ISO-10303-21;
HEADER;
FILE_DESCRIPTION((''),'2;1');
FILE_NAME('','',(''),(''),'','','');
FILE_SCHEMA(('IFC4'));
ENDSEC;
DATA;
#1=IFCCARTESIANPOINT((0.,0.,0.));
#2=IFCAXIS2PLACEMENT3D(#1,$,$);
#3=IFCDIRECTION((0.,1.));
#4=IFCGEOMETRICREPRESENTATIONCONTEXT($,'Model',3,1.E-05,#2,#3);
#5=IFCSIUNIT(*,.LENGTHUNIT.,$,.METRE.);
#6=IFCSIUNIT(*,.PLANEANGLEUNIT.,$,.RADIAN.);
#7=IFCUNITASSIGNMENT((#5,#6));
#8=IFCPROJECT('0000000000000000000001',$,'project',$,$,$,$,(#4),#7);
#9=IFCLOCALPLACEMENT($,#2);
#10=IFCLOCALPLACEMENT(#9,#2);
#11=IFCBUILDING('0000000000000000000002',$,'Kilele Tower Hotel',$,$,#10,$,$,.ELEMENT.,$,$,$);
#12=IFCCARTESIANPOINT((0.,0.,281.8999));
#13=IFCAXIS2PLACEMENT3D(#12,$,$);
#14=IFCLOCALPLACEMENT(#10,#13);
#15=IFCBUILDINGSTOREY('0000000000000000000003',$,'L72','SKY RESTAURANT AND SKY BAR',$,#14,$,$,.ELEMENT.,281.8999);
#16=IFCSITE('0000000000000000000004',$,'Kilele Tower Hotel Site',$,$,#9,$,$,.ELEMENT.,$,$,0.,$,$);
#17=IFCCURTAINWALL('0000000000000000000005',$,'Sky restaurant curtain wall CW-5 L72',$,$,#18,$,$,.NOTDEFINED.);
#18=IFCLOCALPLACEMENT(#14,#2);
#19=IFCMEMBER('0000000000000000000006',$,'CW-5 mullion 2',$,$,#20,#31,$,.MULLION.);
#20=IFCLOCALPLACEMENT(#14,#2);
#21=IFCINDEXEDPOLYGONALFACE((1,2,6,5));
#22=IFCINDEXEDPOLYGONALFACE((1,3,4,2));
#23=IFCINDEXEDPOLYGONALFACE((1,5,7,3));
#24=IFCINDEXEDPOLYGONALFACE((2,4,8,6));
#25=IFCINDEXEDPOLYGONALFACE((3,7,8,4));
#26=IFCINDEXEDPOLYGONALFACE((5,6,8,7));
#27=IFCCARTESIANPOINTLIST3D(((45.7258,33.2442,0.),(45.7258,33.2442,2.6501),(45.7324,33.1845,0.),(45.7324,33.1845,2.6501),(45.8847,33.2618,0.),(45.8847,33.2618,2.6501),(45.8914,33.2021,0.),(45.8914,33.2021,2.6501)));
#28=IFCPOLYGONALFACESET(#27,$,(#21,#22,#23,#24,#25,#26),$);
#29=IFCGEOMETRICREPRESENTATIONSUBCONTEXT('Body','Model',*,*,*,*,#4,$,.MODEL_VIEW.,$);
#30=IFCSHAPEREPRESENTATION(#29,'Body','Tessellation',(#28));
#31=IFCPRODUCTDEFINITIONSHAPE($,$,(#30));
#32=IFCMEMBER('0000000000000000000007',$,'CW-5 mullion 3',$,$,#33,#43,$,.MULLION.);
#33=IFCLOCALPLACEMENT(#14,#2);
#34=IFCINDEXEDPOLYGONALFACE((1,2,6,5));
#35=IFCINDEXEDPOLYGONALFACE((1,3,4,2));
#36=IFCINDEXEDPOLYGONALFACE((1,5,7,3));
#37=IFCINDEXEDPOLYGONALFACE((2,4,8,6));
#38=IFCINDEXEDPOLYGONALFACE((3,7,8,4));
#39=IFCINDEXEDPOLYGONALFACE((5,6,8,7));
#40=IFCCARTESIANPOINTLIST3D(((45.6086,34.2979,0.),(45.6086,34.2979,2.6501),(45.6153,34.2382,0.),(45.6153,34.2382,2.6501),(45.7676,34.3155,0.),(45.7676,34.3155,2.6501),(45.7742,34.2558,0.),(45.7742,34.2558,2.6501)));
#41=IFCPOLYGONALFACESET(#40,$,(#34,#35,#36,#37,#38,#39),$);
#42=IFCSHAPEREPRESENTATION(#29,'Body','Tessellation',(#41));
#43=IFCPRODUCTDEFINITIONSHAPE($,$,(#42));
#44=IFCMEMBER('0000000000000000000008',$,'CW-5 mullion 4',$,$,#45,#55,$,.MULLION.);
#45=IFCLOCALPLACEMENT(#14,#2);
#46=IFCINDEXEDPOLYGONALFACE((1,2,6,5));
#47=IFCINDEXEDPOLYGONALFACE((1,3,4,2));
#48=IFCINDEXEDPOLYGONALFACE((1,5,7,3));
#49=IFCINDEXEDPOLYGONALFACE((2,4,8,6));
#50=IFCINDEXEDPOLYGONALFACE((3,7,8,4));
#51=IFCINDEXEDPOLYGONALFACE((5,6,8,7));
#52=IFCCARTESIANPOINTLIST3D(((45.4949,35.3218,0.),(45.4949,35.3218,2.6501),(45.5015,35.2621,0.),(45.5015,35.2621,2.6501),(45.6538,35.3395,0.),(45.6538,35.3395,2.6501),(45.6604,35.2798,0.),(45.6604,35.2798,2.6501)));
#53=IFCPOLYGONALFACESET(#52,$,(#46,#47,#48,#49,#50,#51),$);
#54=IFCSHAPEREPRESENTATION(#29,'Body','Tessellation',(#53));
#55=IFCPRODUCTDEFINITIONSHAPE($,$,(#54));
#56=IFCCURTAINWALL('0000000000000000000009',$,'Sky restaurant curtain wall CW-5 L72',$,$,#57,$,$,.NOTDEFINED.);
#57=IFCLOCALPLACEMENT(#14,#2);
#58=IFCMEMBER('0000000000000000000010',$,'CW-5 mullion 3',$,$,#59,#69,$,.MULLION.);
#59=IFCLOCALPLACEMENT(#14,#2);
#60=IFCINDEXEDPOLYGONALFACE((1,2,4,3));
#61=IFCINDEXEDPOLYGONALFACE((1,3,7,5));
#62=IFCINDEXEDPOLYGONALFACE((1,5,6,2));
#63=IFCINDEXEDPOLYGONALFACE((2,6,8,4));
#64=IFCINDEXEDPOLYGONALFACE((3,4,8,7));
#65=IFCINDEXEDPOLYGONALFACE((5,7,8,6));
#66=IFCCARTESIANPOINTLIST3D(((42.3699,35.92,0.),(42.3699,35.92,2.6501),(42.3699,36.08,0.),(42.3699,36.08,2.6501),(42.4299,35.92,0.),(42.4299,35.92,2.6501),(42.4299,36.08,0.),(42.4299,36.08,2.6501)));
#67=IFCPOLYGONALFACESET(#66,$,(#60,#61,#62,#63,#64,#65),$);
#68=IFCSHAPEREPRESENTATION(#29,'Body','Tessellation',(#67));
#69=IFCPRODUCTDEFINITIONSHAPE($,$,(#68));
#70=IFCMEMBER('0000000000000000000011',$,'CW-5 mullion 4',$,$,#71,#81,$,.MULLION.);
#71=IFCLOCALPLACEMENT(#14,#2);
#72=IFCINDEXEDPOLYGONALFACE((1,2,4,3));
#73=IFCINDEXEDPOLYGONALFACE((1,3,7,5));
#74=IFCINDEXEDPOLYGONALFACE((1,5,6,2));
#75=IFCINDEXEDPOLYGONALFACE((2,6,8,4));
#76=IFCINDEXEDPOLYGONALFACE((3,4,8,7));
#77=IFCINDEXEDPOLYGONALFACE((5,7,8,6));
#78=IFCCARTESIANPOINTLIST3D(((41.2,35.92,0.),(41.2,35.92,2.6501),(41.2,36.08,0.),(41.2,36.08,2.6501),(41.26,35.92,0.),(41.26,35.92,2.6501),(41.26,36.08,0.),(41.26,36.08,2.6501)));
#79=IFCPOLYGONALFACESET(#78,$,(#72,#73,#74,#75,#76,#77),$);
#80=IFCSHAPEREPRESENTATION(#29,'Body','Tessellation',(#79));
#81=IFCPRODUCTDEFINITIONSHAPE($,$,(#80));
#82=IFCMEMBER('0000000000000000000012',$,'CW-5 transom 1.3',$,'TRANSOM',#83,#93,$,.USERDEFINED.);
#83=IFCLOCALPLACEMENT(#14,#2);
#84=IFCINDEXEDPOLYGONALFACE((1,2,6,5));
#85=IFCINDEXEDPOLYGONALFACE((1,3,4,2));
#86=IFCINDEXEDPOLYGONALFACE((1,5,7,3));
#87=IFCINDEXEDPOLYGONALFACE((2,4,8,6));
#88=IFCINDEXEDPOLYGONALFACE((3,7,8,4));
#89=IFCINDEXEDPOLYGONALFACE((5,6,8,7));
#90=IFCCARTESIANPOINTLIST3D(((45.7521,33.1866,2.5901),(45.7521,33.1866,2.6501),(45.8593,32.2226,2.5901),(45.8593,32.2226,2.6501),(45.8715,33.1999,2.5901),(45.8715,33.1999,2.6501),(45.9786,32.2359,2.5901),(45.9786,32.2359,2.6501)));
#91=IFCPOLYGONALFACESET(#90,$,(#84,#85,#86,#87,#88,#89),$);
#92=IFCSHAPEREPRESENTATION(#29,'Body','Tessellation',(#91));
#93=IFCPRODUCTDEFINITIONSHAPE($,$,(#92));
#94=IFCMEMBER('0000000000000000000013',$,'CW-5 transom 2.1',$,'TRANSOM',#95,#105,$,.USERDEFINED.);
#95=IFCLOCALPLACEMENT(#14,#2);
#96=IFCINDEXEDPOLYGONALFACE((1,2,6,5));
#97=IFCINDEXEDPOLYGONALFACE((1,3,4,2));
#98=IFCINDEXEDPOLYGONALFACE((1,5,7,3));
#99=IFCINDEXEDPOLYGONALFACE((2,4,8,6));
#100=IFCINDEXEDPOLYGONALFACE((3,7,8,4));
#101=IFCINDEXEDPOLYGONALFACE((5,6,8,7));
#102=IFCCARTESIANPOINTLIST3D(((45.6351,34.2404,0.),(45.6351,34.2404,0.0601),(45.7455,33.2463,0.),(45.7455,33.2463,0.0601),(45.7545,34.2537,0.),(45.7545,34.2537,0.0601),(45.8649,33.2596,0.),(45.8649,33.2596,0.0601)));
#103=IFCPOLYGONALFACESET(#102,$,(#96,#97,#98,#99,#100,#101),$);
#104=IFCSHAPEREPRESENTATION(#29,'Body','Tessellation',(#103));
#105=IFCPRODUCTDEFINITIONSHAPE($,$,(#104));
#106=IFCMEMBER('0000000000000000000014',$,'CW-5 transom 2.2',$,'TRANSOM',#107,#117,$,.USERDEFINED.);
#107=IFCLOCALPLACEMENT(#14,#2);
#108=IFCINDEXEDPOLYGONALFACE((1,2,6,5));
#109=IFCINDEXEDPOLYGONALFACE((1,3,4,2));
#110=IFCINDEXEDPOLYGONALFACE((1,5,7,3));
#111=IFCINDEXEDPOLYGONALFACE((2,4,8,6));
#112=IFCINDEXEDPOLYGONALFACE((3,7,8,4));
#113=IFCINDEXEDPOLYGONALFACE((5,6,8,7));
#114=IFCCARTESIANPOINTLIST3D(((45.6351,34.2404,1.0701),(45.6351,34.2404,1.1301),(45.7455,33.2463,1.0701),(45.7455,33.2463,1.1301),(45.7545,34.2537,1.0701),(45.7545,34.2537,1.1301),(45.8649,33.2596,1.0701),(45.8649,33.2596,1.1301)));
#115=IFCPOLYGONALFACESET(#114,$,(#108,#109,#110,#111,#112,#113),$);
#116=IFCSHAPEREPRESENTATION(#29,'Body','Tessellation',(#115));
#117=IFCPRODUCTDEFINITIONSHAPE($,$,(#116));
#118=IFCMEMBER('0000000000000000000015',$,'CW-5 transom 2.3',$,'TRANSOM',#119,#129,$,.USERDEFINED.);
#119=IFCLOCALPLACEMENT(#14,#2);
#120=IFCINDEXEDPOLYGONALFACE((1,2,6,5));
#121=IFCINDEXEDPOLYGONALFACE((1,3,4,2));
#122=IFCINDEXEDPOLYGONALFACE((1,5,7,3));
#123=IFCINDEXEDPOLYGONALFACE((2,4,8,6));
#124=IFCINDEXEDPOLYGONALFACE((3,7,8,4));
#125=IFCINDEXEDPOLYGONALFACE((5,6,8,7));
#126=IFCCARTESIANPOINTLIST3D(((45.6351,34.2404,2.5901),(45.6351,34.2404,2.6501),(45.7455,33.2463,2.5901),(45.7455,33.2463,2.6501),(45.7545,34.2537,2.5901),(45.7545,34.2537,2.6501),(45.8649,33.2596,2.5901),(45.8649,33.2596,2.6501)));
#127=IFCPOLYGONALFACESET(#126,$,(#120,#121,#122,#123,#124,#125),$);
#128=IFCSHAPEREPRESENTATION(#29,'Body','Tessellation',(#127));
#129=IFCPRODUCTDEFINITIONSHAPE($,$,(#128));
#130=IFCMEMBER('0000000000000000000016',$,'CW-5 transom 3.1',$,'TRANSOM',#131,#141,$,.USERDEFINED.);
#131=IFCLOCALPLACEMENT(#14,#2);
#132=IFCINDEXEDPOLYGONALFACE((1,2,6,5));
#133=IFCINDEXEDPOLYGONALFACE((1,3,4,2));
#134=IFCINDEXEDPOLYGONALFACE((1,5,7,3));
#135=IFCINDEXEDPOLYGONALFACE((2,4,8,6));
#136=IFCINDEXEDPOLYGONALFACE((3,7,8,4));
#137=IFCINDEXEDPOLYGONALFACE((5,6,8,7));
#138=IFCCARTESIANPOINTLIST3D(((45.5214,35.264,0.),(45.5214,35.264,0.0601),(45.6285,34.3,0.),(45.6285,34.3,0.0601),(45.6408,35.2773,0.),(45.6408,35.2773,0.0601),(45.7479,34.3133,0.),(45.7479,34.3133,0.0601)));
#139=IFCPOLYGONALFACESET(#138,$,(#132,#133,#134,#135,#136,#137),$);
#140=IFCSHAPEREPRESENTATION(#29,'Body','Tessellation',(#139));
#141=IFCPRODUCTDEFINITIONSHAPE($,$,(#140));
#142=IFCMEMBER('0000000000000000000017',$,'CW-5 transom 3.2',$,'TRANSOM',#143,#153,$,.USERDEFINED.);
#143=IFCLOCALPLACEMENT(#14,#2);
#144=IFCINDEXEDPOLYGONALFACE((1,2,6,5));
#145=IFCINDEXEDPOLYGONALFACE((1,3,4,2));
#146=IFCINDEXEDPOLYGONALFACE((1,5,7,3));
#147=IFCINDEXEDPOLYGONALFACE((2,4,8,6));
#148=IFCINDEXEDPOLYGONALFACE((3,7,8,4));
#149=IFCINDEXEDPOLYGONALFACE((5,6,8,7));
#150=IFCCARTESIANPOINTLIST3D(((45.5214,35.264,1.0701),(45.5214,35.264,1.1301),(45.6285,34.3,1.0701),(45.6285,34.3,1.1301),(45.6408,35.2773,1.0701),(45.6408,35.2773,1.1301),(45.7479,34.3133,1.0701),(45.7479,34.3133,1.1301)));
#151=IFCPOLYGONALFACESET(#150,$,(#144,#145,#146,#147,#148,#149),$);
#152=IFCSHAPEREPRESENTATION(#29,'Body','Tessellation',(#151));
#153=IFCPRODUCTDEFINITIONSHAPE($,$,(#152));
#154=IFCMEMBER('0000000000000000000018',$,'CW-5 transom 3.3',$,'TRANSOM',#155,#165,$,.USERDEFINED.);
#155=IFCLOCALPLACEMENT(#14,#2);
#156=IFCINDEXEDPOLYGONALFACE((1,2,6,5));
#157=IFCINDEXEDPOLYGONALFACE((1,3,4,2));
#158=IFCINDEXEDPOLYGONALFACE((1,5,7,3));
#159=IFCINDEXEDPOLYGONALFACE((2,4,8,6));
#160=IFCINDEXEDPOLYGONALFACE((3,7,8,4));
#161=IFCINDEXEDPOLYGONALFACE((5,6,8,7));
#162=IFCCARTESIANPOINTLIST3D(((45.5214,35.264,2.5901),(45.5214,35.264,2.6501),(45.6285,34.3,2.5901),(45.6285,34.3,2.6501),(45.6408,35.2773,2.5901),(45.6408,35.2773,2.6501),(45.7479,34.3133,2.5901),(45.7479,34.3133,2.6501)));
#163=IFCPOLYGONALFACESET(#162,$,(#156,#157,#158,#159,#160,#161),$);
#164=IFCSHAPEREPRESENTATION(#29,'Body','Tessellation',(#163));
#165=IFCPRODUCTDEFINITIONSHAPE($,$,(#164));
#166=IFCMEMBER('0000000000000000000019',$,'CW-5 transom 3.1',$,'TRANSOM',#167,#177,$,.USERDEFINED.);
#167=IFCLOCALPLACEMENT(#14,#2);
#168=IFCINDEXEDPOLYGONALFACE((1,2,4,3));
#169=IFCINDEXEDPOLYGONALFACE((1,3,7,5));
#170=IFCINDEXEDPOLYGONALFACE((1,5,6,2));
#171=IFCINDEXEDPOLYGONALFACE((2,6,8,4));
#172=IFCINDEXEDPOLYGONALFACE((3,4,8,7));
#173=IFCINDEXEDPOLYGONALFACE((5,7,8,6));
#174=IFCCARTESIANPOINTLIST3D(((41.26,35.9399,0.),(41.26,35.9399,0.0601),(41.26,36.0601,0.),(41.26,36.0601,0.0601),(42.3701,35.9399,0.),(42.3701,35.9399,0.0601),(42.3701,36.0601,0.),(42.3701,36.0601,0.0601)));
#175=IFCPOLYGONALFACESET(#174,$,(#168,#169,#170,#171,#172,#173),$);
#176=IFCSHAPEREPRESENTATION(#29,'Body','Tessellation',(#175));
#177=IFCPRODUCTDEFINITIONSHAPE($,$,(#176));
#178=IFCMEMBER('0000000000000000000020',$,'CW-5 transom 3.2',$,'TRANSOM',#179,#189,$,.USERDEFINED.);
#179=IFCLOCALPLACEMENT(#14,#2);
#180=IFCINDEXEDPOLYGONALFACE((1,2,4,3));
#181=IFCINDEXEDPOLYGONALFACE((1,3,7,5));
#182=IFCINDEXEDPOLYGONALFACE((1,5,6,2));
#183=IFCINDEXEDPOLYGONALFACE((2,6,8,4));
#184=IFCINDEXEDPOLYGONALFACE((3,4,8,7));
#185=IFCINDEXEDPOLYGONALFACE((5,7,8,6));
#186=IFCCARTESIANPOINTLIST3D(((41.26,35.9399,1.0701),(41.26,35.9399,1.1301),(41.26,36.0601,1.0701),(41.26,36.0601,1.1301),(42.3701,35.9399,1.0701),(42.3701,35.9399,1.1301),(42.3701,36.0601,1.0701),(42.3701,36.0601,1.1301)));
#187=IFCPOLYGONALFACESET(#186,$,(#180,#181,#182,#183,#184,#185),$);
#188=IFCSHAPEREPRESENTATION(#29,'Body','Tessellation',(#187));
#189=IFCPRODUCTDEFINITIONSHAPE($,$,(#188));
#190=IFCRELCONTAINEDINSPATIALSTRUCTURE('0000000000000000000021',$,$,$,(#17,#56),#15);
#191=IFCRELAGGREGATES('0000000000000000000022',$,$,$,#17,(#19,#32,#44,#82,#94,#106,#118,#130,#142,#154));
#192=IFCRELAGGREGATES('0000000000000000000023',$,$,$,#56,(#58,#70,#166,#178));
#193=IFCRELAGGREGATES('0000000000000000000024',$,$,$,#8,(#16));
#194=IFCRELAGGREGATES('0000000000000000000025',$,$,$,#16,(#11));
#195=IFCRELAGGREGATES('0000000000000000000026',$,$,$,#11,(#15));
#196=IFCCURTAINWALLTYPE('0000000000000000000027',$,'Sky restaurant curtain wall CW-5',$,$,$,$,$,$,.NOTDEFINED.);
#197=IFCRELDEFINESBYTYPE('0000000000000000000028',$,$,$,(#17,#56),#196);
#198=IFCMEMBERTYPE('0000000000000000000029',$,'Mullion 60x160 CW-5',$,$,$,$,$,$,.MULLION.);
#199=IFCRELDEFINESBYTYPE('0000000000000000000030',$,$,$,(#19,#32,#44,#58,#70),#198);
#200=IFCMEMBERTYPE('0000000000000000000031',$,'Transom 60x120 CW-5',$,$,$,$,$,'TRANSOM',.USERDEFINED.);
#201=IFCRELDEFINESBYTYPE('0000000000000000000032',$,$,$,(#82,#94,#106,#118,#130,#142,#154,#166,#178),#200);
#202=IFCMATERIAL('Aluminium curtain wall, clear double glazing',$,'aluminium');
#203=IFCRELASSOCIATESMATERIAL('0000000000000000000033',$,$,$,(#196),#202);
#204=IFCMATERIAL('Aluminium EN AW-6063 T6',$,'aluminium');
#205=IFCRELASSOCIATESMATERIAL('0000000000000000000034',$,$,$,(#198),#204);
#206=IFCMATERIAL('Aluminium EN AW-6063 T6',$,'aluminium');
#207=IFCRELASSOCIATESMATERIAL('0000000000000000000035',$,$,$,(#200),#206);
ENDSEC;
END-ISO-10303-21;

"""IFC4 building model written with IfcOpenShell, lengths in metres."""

from ifc_helpers import new_model, si_unit, direction, frame, origin, origin_2d, place, context, subcontext, project, spatial, rectangle, extrude, material, material_profile, profile_set, type_object, element, aggregate, save


model = new_model("IFC4")

# Units and contexts
model_context = context("Model", 3, precision=1e-05, world=origin(), true_north=direction((0.0, 1.0)))
body_context = subcontext(model_context, "Body", "Model", "MODEL_VIEW")
ifc_project = project(units=[si_unit("LENGTHUNIT", "METRE"), si_unit("PLANEANGLEUNIT", "RADIAN")], contexts=[model_context])

# Site, building, storey
site_placement = place(None, origin())
site = spatial("IfcSite", under=ifc_project, at=site_placement, Name="Kilele Tower Hotel Site", CompositionType="ELEMENT", RefElevation=0.0)
building_placement = place(site_placement, origin())
building = spatial("IfcBuilding", under=site, at=building_placement, Name="Kilele Tower Hotel", CompositionType="ELEMENT")
storey_placement = place(building_placement, frame((0.0, 0.0, 281.8999)))
storey = spatial("IfcBuildingStorey", under=building, at=storey_placement, Name="L72", Description="SKY RESTAURANT AND SKY BAR", CompositionType="ELEMENT", Elevation=281.8999)

# Curtain walls, members
ifc_material_1 = material(Name="Aluminium curtain wall, clear double glazing", Category="aluminium")
curtain_wall_type = type_object("IfcCurtainWallType", Name="Sky restaurant curtain wall CW-5", PredefinedType="NOTDEFINED", material=ifc_material_1)
curtain_wall_1_placement = place(storey_placement, origin())
curtain_wall_1 = element("IfcCurtainWall", 1, at=curtain_wall_1_placement, inside=storey, type_object=curtain_wall_type, Name="Sky restaurant curtain wall CW-5 L72", PredefinedType="NOTDEFINED")
ifc_material_2 = material(Name="Aluminium EN AW-6063 T6", Category="aluminium")
ifc_material_profile_1 = material_profile(ifc_material_2, rectangle(XDim=0.1599, YDim=0.0601, at=origin_2d()))
ifc_profile_set_1 = profile_set([ifc_material_profile_1], Name="Aluminium EN AW-6063 T6")
member_type_1 = type_object("IfcMemberType", Name="Mullion 60x160 CW-5", PredefinedType="MULLION", material=ifc_profile_set_1)
member_1_placement = place(storey_placement, frame((45.8086, 33.2231, 0.0), z_axis=(0.0, 0.0, 1.0), x_axis=(-0.993884, -0.110432, 0.0)))
member_1 = element("IfcMember", 2, at=member_1_placement, type_object=member_type_1, Name="CW-5 mullion 2", PredefinedType="MULLION", context=body_context, shape_type="SweptSolid", body=[
    extrude(rectangle(XDim=0.1599, YDim=0.0601, at=origin_2d()), origin(), (0.0, 0.0, 1.0), 2.6501),
])
member_2_placement = place(storey_placement, frame((45.6914, 34.2769, 0.0), z_axis=(0.0, 0.0, 1.0), x_axis=(-0.993884, -0.110432, 0.0)))
member_2 = element("IfcMember", 3, at=member_2_placement, type_object=member_type_1, Name="CW-5 mullion 3", PredefinedType="MULLION", context=body_context, shape_type="SweptSolid", body=[
    extrude(rectangle(XDim=0.1599, YDim=0.0601, at=origin_2d()), origin(), (0.0, 0.0, 1.0), 2.6501),
])
member_3_placement = place(storey_placement, frame((45.5776, 35.3008, 0.0), z_axis=(0.0, 0.0, 1.0), x_axis=(-0.993884, -0.110432, 0.0)))
member_3 = element("IfcMember", 4, at=member_3_placement, type_object=member_type_1, Name="CW-5 mullion 4", PredefinedType="MULLION", context=body_context, shape_type="SweptSolid", body=[
    extrude(rectangle(XDim=0.1599, YDim=0.0601, at=origin_2d()), origin(), (0.0, 0.0, 1.0), 2.6501),
])
curtain_wall_2_placement = place(storey_placement, origin())
curtain_wall_2 = element("IfcCurtainWall", 5, at=curtain_wall_2_placement, inside=storey, type_object=curtain_wall_type, Name="Sky restaurant curtain wall CW-5 L72", PredefinedType="NOTDEFINED")
member_4_placement = place(storey_placement, frame((42.3999, 36.0, 0.0), z_axis=(0.0, 0.0, 1.0), x_axis=(0.0, -1.0, 0.0)))
member_4 = element("IfcMember", 6, at=member_4_placement, type_object=member_type_1, Name="CW-5 mullion 3", PredefinedType="MULLION", context=body_context, shape_type="SweptSolid", body=[
    extrude(rectangle(XDim=0.1599, YDim=0.0601, at=origin_2d()), origin(), (0.0, 0.0, 1.0), 2.6501),
])
member_5_placement = place(storey_placement, frame((41.23, 36.0, 0.0), z_axis=(0.0, 0.0, 1.0), x_axis=(0.0, -1.0, 0.0)))
member_5 = element("IfcMember", 7, at=member_5_placement, type_object=member_type_1, Name="CW-5 mullion 4", PredefinedType="MULLION", context=body_context, shape_type="SweptSolid", body=[
    extrude(rectangle(XDim=0.1599, YDim=0.0601, at=origin_2d()), origin(), (0.0, 0.0, 1.0), 2.6501),
])

# Members
ifc_material_3 = material(Name="Aluminium EN AW-6063 T6", Category="aluminium")
ifc_material_profile_2 = material_profile(ifc_material_3, rectangle(XDim=0.1201, YDim=0.0601, at=origin_2d()))
ifc_profile_set_2 = profile_set([ifc_material_profile_2], Name="Aluminium EN AW-6063 T6")
member_type_2 = type_object("IfcMemberType", Name="Transom 60x120 CW-5", ElementType="TRANSOM", PredefinedType="USERDEFINED", material=ifc_profile_set_2)
member_6_placement = place(storey_placement, frame((45.9189, 32.2292, 2.6201), z_axis=(-0.110487, 0.993878, 0.0), x_axis=(-0.993878, -0.110487, 0.0)))
member_6 = element("IfcMember", 8, at=member_6_placement, type_object=member_type_2, Name="CW-5 transom 1.3", ObjectType="TRANSOM", PredefinedType="USERDEFINED", context=body_context, shape_type="SweptSolid", body=[
    extrude(rectangle(XDim=0.1201, YDim=0.0601, at=origin_2d()), origin(), (0.0, 0.0, 1.0), 0.97),
])
member_7_placement = place(storey_placement, frame((45.8052, 33.2529, 0.03), z_axis=(-0.110324, 0.993896, 0.0), x_axis=(-0.993896, -0.110324, 0.0)))
member_7 = element("IfcMember", 9, at=member_7_placement, type_object=member_type_2, Name="CW-5 transom 2.1", ObjectType="TRANSOM", PredefinedType="USERDEFINED", context=body_context, shape_type="SweptSolid", body=[
    extrude(rectangle(XDim=0.1201, YDim=0.0601, at=origin_2d()), origin(), (0.0, 0.0, 1.0), 1.0002),
])
member_8_placement = place(storey_placement, frame((45.8052, 33.2529, 1.1001), z_axis=(-0.110324, 0.993896, 0.0), x_axis=(-0.993896, -0.110324, 0.0)))
member_8 = element("IfcMember", 10, at=member_8_placement, type_object=member_type_2, Name="CW-5 transom 2.2", ObjectType="TRANSOM", PredefinedType="USERDEFINED", context=body_context, shape_type="SweptSolid", body=[
    extrude(rectangle(XDim=0.1201, YDim=0.0601, at=origin_2d()), origin(), (0.0, 0.0, 1.0), 1.0002),
])
member_9_placement = place(storey_placement, frame((45.8052, 33.2529, 2.6201), z_axis=(-0.110324, 0.993896, 0.0), x_axis=(-0.993896, -0.110324, 0.0)))
member_9 = element("IfcMember", 11, at=member_9_placement, type_object=member_type_2, Name="CW-5 transom 2.3", ObjectType="TRANSOM", PredefinedType="USERDEFINED", context=body_context, shape_type="SweptSolid", body=[
    extrude(rectangle(XDim=0.1201, YDim=0.0601, at=origin_2d()), origin(), (0.0, 0.0, 1.0), 1.0002),
])
member_10_placement = place(storey_placement, frame((45.6882, 34.3066, 0.03), z_axis=(-0.110487, 0.993878, 0.0), x_axis=(-0.993878, -0.110487, 0.0)))
member_10 = element("IfcMember", 12, at=member_10_placement, type_object=member_type_2, Name="CW-5 transom 3.1", ObjectType="TRANSOM", PredefinedType="USERDEFINED", context=body_context, shape_type="SweptSolid", body=[
    extrude(rectangle(XDim=0.1201, YDim=0.0601, at=origin_2d()), origin(), (0.0, 0.0, 1.0), 0.97),
])
member_11_placement = place(storey_placement, frame((45.6882, 34.3066, 1.1001), z_axis=(-0.110487, 0.993878, 0.0), x_axis=(-0.993878, -0.110487, 0.0)))
member_11 = element("IfcMember", 13, at=member_11_placement, type_object=member_type_2, Name="CW-5 transom 3.2", ObjectType="TRANSOM", PredefinedType="USERDEFINED", context=body_context, shape_type="SweptSolid", body=[
    extrude(rectangle(XDim=0.1201, YDim=0.0601, at=origin_2d()), origin(), (0.0, 0.0, 1.0), 0.97),
])
member_12_placement = place(storey_placement, frame((45.6882, 34.3066, 2.6201), z_axis=(-0.110487, 0.993878, 0.0), x_axis=(-0.993878, -0.110487, 0.0)))
member_12 = element("IfcMember", 14, at=member_12_placement, type_object=member_type_2, Name="CW-5 transom 3.3", ObjectType="TRANSOM", PredefinedType="USERDEFINED", context=body_context, shape_type="SweptSolid", body=[
    extrude(rectangle(XDim=0.1201, YDim=0.0601, at=origin_2d()), origin(), (0.0, 0.0, 1.0), 0.97),
])
member_13_placement = place(storey_placement, frame((42.3701, 36.0, 0.03), z_axis=(-1.0, 0.0, 0.0), x_axis=(0.0, -1.0, 0.0)))
member_13 = element("IfcMember", 15, at=member_13_placement, type_object=member_type_2, Name="CW-5 transom 3.1", ObjectType="TRANSOM", PredefinedType="USERDEFINED", context=body_context, shape_type="SweptSolid", body=[
    extrude(rectangle(XDim=0.1201, YDim=0.0601, at=origin_2d()), origin(), (0.0, 0.0, 1.0), 1.1101),
])
member_14_placement = place(storey_placement, frame((42.3701, 36.0, 1.1001), z_axis=(-1.0, 0.0, 0.0), x_axis=(0.0, -1.0, 0.0)))
member_14 = element("IfcMember", 16, at=member_14_placement, type_object=member_type_2, Name="CW-5 transom 3.2", ObjectType="TRANSOM", PredefinedType="USERDEFINED", context=body_context, shape_type="SweptSolid", body=[
    extrude(rectangle(XDim=0.1201, YDim=0.0601, at=origin_2d()), origin(), (0.0, 0.0, 1.0), 1.1101),
])

aggregate(curtain_wall_1, [member_1, member_2, member_3, member_6, member_7, member_8, member_9, member_10, member_11, member_12])
aggregate(curtain_wall_2, [member_4, member_5, member_13, member_14])

save(model, "model.ifc")
